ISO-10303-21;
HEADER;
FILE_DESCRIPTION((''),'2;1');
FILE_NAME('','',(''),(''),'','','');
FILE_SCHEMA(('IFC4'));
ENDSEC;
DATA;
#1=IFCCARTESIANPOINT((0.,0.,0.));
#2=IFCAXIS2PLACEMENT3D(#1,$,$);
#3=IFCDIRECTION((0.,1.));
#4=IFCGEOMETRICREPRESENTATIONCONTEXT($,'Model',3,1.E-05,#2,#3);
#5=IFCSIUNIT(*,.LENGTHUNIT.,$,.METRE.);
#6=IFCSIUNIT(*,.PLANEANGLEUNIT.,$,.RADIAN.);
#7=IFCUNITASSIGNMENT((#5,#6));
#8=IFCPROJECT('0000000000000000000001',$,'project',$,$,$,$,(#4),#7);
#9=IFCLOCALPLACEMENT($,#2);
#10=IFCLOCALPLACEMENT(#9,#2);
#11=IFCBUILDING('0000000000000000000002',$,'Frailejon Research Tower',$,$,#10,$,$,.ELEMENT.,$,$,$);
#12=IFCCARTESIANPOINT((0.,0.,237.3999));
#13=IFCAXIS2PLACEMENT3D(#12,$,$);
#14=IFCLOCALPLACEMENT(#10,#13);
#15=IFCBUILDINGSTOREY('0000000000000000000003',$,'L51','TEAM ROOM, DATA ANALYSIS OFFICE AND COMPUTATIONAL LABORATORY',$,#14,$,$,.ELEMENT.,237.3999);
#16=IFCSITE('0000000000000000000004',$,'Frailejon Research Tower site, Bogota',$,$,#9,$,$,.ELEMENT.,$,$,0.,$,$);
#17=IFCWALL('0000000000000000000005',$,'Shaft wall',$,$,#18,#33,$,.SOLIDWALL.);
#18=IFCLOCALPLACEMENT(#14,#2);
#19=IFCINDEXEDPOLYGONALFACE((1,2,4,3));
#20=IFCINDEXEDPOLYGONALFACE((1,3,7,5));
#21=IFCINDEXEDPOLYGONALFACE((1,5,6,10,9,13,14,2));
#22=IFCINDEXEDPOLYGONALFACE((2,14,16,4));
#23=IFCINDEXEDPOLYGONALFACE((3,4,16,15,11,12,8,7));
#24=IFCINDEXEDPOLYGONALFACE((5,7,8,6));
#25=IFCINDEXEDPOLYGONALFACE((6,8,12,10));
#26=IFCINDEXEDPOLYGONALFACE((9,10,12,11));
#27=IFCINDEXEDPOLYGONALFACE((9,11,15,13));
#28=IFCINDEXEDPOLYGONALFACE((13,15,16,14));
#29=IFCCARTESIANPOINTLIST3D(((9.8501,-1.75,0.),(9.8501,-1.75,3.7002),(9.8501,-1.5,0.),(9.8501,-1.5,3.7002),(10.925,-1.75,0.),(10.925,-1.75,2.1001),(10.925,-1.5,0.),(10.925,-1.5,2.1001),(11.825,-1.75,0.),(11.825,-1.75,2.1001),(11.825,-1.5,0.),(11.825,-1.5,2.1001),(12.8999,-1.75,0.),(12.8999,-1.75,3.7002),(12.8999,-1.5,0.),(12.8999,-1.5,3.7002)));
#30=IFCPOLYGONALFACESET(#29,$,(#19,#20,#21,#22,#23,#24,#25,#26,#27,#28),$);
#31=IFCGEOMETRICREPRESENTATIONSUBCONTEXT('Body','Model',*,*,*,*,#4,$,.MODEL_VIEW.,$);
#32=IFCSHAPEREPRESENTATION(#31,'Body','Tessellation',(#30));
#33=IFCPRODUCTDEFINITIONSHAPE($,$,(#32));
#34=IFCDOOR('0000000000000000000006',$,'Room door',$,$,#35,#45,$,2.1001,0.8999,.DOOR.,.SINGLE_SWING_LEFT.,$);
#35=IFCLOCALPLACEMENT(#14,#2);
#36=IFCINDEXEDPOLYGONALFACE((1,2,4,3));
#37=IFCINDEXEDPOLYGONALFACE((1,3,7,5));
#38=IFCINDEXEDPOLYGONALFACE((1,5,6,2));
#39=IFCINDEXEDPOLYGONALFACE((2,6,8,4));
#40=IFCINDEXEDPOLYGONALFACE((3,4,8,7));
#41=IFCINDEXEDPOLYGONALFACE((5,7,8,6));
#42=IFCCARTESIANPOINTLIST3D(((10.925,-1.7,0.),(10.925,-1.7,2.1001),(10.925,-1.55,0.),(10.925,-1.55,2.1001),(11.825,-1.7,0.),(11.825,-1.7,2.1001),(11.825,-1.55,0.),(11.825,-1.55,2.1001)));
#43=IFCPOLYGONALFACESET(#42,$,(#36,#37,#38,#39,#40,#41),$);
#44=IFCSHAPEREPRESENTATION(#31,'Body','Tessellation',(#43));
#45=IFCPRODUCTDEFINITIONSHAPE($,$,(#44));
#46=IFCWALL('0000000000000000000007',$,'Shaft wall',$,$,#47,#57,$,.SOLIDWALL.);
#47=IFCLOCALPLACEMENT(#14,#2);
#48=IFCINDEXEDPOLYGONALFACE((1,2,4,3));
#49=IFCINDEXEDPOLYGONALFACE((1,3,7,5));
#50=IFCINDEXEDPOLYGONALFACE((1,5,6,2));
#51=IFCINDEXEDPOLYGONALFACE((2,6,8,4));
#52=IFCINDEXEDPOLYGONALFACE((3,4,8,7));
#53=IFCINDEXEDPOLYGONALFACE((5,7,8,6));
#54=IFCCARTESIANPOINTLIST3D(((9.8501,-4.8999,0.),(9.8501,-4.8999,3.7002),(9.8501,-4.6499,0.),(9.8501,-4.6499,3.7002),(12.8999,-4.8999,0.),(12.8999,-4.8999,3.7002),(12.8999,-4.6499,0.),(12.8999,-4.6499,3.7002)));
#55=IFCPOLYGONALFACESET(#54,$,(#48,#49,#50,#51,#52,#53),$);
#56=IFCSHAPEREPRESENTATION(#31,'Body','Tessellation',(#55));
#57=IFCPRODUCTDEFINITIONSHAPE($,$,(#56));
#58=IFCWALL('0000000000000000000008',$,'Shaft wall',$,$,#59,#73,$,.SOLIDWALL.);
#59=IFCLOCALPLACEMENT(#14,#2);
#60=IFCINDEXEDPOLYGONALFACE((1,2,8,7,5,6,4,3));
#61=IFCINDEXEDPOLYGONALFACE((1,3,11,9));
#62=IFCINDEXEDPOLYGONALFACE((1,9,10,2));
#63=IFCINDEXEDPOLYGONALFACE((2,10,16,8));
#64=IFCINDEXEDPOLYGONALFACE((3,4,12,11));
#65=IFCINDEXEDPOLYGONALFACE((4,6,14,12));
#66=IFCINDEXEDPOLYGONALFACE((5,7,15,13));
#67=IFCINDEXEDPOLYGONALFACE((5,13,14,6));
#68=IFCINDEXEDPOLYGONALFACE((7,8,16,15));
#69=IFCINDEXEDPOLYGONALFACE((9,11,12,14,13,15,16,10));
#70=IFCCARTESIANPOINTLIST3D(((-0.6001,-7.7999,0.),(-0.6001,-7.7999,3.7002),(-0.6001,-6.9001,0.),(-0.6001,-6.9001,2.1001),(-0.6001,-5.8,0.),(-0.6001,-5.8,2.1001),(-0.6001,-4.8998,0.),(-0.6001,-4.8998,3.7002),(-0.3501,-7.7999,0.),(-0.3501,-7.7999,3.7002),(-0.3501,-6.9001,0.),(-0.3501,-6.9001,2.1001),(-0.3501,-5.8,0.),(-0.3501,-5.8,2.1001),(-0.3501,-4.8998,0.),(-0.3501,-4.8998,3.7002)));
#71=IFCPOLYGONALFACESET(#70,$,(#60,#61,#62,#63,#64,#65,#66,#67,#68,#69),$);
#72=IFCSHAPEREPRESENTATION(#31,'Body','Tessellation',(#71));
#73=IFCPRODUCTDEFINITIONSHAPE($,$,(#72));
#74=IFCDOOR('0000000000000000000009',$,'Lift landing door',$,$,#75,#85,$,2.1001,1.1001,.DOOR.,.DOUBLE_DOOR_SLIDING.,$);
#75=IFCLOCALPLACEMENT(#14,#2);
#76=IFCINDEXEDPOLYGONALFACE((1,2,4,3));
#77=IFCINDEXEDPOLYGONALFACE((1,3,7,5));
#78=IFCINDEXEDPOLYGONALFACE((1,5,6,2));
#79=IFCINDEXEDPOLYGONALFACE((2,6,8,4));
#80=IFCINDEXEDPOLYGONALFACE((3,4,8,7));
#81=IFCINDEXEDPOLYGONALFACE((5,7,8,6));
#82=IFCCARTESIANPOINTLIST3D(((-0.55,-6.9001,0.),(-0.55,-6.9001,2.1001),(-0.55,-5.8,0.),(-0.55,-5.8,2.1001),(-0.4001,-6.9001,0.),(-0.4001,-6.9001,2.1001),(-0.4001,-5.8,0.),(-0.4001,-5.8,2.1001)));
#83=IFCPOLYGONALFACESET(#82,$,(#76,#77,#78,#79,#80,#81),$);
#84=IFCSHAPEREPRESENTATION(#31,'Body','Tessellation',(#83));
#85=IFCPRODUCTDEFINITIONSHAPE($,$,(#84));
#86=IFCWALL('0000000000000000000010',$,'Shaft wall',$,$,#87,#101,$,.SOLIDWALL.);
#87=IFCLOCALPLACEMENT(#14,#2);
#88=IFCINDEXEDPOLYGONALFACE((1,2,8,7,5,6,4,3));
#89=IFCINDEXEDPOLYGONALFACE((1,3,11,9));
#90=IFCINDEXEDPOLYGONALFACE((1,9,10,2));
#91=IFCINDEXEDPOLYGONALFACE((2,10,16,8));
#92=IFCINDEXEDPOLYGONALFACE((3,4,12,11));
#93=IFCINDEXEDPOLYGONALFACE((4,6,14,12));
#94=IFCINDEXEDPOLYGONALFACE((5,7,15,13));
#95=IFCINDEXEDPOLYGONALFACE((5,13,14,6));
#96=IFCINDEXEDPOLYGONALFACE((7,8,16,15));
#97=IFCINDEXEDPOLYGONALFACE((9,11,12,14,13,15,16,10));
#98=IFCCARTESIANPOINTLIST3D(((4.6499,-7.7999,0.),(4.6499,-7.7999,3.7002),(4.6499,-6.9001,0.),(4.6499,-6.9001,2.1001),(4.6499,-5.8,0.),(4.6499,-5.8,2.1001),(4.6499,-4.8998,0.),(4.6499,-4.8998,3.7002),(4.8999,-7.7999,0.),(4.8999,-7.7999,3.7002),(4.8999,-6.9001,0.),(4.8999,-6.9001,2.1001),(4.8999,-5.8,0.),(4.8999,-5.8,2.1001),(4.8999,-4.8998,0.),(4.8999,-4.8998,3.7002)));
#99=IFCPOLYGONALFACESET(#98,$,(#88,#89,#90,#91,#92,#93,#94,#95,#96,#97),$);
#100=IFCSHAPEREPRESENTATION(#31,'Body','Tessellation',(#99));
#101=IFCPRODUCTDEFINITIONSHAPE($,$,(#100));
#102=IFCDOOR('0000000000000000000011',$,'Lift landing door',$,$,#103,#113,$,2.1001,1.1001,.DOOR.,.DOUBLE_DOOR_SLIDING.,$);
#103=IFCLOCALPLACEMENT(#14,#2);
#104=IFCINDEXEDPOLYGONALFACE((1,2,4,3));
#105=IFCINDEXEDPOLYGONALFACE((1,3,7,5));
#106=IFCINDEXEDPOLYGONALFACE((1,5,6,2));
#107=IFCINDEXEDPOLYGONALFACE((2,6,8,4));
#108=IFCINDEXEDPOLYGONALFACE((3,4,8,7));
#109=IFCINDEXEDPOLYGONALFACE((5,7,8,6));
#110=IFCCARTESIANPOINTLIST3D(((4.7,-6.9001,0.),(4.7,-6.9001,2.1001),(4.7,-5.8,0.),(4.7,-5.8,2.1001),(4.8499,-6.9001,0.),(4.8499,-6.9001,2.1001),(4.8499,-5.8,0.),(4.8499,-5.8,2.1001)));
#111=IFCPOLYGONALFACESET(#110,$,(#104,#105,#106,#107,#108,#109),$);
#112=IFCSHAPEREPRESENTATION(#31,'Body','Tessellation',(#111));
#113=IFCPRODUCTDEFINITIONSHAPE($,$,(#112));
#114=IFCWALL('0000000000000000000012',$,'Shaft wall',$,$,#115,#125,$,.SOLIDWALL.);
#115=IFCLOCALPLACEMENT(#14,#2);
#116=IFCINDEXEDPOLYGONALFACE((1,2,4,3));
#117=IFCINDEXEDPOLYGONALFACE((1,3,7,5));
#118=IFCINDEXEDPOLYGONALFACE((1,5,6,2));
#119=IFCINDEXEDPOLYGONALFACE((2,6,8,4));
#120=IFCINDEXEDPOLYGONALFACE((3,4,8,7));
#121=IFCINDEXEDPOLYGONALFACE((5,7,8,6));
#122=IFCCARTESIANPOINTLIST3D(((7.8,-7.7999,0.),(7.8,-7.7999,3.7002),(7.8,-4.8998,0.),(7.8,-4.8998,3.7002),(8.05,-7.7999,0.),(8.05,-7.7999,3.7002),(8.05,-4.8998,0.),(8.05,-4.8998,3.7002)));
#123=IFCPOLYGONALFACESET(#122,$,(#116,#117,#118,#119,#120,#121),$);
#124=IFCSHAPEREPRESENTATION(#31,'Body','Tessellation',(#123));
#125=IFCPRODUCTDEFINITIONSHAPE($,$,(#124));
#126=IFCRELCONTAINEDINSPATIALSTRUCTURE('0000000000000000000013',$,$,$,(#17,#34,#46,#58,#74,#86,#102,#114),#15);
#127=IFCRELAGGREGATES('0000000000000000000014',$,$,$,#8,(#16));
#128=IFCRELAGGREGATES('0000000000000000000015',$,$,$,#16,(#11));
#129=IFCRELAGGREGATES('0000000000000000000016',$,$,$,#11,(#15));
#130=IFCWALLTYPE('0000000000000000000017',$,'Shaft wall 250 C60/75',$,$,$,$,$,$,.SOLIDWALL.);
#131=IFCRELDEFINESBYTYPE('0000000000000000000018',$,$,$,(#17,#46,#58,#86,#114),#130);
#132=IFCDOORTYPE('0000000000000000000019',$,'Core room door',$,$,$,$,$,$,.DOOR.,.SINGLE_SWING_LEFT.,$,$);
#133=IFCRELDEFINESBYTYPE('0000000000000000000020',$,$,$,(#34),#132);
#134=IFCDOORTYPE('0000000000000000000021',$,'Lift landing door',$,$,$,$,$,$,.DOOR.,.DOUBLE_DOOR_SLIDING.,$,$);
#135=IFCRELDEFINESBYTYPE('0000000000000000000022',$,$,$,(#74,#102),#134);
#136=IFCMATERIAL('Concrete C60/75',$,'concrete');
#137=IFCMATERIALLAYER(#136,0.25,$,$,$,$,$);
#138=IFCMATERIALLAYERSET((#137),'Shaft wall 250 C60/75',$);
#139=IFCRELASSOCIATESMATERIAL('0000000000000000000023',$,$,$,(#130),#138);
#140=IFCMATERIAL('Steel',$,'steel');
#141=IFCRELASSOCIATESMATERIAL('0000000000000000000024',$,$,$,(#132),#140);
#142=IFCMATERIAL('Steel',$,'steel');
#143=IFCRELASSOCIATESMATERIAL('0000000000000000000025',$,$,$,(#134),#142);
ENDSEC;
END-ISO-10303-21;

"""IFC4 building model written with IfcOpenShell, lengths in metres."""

from ifc_helpers import new_model, si_unit, direction, frame, frame_2d, origin, place, context, subcontext, project, spatial, rectangle, extrude, material, layer, layer_set, type_object, element, fill, save


model = new_model("IFC4")

# Units and contexts
model_context = context("Model", 3, precision=1e-05, world=origin(), true_north=direction((0.0, 1.0)))
body_context = subcontext(model_context, "Body", "Model", "MODEL_VIEW")
ifc_project = project(units=[si_unit("LENGTHUNIT", "METRE"), si_unit("PLANEANGLEUNIT", "RADIAN")], contexts=[model_context])

# Site, building, storey
site_placement = place(None, origin())
site = spatial("IfcSite", under=ifc_project, at=site_placement, Name="Frailejon Research Tower site, Bogota", CompositionType="ELEMENT", RefElevation=0.0)
building_placement = place(site_placement, origin())
building = spatial("IfcBuilding", under=site, at=building_placement, Name="Frailejon Research Tower", CompositionType="ELEMENT")
storey_placement = place(building_placement, frame((0.0, 0.0, 237.3999)))
storey = spatial("IfcBuildingStorey", under=building, at=storey_placement, Name="L51", Description="TEAM ROOM, DATA ANALYSIS OFFICE AND COMPUTATIONAL LABORATORY", CompositionType="ELEMENT", Elevation=237.3999)

# Wall, opening, door
ifc_material_1 = material(Name="Concrete C60/75", Category="concrete")
ifc_layer_1 = layer(ifc_material_1, 0.25)
ifc_layer_set_1 = layer_set([ifc_layer_1], Name="Shaft wall 250 C60/75")
wall_type_1 = type_object("IfcWallType", Name="Shaft wall 250 C60/75", PredefinedType="SOLIDWALL", material=ifc_layer_set_1)
wall_1_placement = place(storey_placement, frame((9.8501, -1.625, 0.0), z_axis=(0.0, 0.0, 1.0), x_axis=(1.0, 0.0, 0.0)))
wall_1 = element("IfcWall", 1, at=wall_1_placement, inside=storey, type_object=wall_type_1, Name="Shaft wall", PredefinedType="SOLIDWALL", context=body_context, shape_type="SweptSolid", body=[
    extrude(rectangle(XDim=3.0498, YDim=0.25, at=frame_2d((1.5249, 0.0))), origin(), (0.0, 0.0, 1.0), 3.7002),
])
opening_1_placement = place(wall_1_placement, frame((1.075, 0.0, 0.0)))
opening_1 = element("IfcOpeningElement", 2, at=opening_1_placement, cuts=wall_1, PredefinedType="OPENING", context=body_context, shape_type="SweptSolid", body=[
    extrude(rectangle(XDim=0.8999, YDim=2.1001, at=frame_2d((0.45, 1.05))), frame((0.0, 0.135, 0.0), z_axis=(0.0, -1.0, 0.0), x_axis=(1.0, 0.0, 0.0)), (0.0, 0.0, 1.0), 0.27),
])
ifc_material_2 = material(Name="Steel", Category="steel")
door_type_1 = type_object("IfcDoorType", Name="Core room door", OperationType="SINGLE_SWING_LEFT", PredefinedType="DOOR", material=ifc_material_2)
door_1_placement = place(opening_1_placement, origin())
door_1 = element("IfcDoor", 3, at=door_1_placement, inside=storey, type_object=door_type_1, Name="Room door", OperationType="SINGLE_SWING_LEFT", OverallHeight=2.1001, OverallWidth=0.8999, PredefinedType="DOOR", context=body_context, shape_type="SweptSolid", body=[
    extrude(rectangle(XDim=0.8999, YDim=2.1001, at=frame_2d((0.45, 1.05))), frame((0.0, 0.075, 0.0), z_axis=(0.0, -1.0, 0.0), x_axis=(1.0, 0.0, 0.0)), (0.0, 0.0, 1.0), 0.1499),
])
fill(opening_1, door_1)

# Wall
wall_2_placement = place(storey_placement, frame((9.8501, -4.7749, 0.0), z_axis=(0.0, 0.0, 1.0), x_axis=(1.0, 0.0, 0.0)))
element("IfcWall", 4, at=wall_2_placement, inside=storey, type_object=wall_type_1, Name="Shaft wall", PredefinedType="SOLIDWALL", context=body_context, shape_type="SweptSolid", body=[
    extrude(rectangle(XDim=3.0498, YDim=0.25, at=frame_2d((1.5249, 0.0))), origin(), (0.0, 0.0, 1.0), 3.7002),
])

# Walls, openings, doors
wall_3_placement = place(storey_placement, frame((-0.4751, -7.8, 0.0), z_axis=(0.0, 0.0, 1.0), x_axis=(0.0, 1.0, 0.0)))
wall_3 = element("IfcWall", 5, at=wall_3_placement, inside=storey, type_object=wall_type_1, Name="Shaft wall", PredefinedType="SOLIDWALL", context=body_context, shape_type="SweptSolid", body=[
    extrude(rectangle(XDim=2.9001, YDim=0.25, at=frame_2d((1.4502, 0.0))), origin(), (0.0, 0.0, 1.0), 3.7002),
])
opening_2_placement = place(wall_3_placement, frame((0.8999, 0.0, 0.0)))
opening_2 = element("IfcOpeningElement", 6, at=opening_2_placement, cuts=wall_3, PredefinedType="OPENING", context=body_context, shape_type="SweptSolid", body=[
    extrude(rectangle(XDim=1.1001, YDim=2.1001, at=frame_2d((0.55, 1.05))), frame((0.0, 0.135, 0.0), z_axis=(0.0, -1.0, 0.0), x_axis=(1.0, 0.0, 0.0)), (0.0, 0.0, 1.0), 0.27),
])
ifc_material_3 = material(Name="Steel", Category="steel")
door_type_2 = type_object("IfcDoorType", Name="Lift landing door", OperationType="DOUBLE_DOOR_SLIDING", PredefinedType="DOOR", material=ifc_material_3)
door_2_placement = place(opening_2_placement, origin())
door_2 = element("IfcDoor", 7, at=door_2_placement, inside=storey, type_object=door_type_2, Name="Lift landing door", OperationType="DOUBLE_DOOR_SLIDING", OverallHeight=2.1001, OverallWidth=1.1001, PredefinedType="DOOR", context=body_context, shape_type="SweptSolid", body=[
    extrude(rectangle(XDim=1.1001, YDim=2.1001, at=frame_2d((0.55, 1.05))), frame((0.0, 0.075, 0.0), z_axis=(0.0, -1.0, 0.0), x_axis=(1.0, 0.0, 0.0)), (0.0, 0.0, 1.0), 0.1499),
])
fill(opening_2, door_2)
wall_4_placement = place(storey_placement, frame((4.7749, -7.8, 0.0), z_axis=(0.0, 0.0, 1.0), x_axis=(0.0, 1.0, 0.0)))
wall_4 = element("IfcWall", 8, at=wall_4_placement, inside=storey, type_object=wall_type_1, Name="Shaft wall", PredefinedType="SOLIDWALL", context=body_context, shape_type="SweptSolid", body=[
    extrude(rectangle(XDim=2.9001, YDim=0.25, at=frame_2d((1.4502, 0.0))), origin(), (0.0, 0.0, 1.0), 3.7002),
])
opening_3_placement = place(wall_4_placement, frame((0.8999, 0.0, 0.0)))
opening_3 = element("IfcOpeningElement", 9, at=opening_3_placement, cuts=wall_4, PredefinedType="OPENING", context=body_context, shape_type="SweptSolid", body=[
    extrude(rectangle(XDim=1.1001, YDim=2.1001, at=frame_2d((0.55, 1.05))), frame((0.0, 0.135, 0.0), z_axis=(0.0, -1.0, 0.0), x_axis=(1.0, 0.0, 0.0)), (0.0, 0.0, 1.0), 0.27),
])
door_3_placement = place(opening_3_placement, origin())
door_3 = element("IfcDoor", 10, at=door_3_placement, inside=storey, type_object=door_type_2, Name="Lift landing door", OperationType="DOUBLE_DOOR_SLIDING", OverallHeight=2.1001, OverallWidth=1.1001, PredefinedType="DOOR", context=body_context, shape_type="SweptSolid", body=[
    extrude(rectangle(XDim=1.1001, YDim=2.1001, at=frame_2d((0.55, 1.05))), frame((0.0, 0.075, 0.0), z_axis=(0.0, -1.0, 0.0), x_axis=(1.0, 0.0, 0.0)), (0.0, 0.0, 1.0), 0.1499),
])
fill(opening_3, door_3)

# Wall
wall_5_placement = place(storey_placement, frame((7.925, -7.8, 0.0), z_axis=(0.0, 0.0, 1.0), x_axis=(0.0, 1.0, 0.0)))
element("IfcWall", 11, at=wall_5_placement, inside=storey, type_object=wall_type_1, Name="Shaft wall", PredefinedType="SOLIDWALL", context=body_context, shape_type="SweptSolid", body=[
    extrude(rectangle(XDim=2.9001, YDim=0.25, at=frame_2d((1.4502, 0.0))), origin(), (0.0, 0.0, 1.0), 3.7002),
])

save(model, "model.ifc")
